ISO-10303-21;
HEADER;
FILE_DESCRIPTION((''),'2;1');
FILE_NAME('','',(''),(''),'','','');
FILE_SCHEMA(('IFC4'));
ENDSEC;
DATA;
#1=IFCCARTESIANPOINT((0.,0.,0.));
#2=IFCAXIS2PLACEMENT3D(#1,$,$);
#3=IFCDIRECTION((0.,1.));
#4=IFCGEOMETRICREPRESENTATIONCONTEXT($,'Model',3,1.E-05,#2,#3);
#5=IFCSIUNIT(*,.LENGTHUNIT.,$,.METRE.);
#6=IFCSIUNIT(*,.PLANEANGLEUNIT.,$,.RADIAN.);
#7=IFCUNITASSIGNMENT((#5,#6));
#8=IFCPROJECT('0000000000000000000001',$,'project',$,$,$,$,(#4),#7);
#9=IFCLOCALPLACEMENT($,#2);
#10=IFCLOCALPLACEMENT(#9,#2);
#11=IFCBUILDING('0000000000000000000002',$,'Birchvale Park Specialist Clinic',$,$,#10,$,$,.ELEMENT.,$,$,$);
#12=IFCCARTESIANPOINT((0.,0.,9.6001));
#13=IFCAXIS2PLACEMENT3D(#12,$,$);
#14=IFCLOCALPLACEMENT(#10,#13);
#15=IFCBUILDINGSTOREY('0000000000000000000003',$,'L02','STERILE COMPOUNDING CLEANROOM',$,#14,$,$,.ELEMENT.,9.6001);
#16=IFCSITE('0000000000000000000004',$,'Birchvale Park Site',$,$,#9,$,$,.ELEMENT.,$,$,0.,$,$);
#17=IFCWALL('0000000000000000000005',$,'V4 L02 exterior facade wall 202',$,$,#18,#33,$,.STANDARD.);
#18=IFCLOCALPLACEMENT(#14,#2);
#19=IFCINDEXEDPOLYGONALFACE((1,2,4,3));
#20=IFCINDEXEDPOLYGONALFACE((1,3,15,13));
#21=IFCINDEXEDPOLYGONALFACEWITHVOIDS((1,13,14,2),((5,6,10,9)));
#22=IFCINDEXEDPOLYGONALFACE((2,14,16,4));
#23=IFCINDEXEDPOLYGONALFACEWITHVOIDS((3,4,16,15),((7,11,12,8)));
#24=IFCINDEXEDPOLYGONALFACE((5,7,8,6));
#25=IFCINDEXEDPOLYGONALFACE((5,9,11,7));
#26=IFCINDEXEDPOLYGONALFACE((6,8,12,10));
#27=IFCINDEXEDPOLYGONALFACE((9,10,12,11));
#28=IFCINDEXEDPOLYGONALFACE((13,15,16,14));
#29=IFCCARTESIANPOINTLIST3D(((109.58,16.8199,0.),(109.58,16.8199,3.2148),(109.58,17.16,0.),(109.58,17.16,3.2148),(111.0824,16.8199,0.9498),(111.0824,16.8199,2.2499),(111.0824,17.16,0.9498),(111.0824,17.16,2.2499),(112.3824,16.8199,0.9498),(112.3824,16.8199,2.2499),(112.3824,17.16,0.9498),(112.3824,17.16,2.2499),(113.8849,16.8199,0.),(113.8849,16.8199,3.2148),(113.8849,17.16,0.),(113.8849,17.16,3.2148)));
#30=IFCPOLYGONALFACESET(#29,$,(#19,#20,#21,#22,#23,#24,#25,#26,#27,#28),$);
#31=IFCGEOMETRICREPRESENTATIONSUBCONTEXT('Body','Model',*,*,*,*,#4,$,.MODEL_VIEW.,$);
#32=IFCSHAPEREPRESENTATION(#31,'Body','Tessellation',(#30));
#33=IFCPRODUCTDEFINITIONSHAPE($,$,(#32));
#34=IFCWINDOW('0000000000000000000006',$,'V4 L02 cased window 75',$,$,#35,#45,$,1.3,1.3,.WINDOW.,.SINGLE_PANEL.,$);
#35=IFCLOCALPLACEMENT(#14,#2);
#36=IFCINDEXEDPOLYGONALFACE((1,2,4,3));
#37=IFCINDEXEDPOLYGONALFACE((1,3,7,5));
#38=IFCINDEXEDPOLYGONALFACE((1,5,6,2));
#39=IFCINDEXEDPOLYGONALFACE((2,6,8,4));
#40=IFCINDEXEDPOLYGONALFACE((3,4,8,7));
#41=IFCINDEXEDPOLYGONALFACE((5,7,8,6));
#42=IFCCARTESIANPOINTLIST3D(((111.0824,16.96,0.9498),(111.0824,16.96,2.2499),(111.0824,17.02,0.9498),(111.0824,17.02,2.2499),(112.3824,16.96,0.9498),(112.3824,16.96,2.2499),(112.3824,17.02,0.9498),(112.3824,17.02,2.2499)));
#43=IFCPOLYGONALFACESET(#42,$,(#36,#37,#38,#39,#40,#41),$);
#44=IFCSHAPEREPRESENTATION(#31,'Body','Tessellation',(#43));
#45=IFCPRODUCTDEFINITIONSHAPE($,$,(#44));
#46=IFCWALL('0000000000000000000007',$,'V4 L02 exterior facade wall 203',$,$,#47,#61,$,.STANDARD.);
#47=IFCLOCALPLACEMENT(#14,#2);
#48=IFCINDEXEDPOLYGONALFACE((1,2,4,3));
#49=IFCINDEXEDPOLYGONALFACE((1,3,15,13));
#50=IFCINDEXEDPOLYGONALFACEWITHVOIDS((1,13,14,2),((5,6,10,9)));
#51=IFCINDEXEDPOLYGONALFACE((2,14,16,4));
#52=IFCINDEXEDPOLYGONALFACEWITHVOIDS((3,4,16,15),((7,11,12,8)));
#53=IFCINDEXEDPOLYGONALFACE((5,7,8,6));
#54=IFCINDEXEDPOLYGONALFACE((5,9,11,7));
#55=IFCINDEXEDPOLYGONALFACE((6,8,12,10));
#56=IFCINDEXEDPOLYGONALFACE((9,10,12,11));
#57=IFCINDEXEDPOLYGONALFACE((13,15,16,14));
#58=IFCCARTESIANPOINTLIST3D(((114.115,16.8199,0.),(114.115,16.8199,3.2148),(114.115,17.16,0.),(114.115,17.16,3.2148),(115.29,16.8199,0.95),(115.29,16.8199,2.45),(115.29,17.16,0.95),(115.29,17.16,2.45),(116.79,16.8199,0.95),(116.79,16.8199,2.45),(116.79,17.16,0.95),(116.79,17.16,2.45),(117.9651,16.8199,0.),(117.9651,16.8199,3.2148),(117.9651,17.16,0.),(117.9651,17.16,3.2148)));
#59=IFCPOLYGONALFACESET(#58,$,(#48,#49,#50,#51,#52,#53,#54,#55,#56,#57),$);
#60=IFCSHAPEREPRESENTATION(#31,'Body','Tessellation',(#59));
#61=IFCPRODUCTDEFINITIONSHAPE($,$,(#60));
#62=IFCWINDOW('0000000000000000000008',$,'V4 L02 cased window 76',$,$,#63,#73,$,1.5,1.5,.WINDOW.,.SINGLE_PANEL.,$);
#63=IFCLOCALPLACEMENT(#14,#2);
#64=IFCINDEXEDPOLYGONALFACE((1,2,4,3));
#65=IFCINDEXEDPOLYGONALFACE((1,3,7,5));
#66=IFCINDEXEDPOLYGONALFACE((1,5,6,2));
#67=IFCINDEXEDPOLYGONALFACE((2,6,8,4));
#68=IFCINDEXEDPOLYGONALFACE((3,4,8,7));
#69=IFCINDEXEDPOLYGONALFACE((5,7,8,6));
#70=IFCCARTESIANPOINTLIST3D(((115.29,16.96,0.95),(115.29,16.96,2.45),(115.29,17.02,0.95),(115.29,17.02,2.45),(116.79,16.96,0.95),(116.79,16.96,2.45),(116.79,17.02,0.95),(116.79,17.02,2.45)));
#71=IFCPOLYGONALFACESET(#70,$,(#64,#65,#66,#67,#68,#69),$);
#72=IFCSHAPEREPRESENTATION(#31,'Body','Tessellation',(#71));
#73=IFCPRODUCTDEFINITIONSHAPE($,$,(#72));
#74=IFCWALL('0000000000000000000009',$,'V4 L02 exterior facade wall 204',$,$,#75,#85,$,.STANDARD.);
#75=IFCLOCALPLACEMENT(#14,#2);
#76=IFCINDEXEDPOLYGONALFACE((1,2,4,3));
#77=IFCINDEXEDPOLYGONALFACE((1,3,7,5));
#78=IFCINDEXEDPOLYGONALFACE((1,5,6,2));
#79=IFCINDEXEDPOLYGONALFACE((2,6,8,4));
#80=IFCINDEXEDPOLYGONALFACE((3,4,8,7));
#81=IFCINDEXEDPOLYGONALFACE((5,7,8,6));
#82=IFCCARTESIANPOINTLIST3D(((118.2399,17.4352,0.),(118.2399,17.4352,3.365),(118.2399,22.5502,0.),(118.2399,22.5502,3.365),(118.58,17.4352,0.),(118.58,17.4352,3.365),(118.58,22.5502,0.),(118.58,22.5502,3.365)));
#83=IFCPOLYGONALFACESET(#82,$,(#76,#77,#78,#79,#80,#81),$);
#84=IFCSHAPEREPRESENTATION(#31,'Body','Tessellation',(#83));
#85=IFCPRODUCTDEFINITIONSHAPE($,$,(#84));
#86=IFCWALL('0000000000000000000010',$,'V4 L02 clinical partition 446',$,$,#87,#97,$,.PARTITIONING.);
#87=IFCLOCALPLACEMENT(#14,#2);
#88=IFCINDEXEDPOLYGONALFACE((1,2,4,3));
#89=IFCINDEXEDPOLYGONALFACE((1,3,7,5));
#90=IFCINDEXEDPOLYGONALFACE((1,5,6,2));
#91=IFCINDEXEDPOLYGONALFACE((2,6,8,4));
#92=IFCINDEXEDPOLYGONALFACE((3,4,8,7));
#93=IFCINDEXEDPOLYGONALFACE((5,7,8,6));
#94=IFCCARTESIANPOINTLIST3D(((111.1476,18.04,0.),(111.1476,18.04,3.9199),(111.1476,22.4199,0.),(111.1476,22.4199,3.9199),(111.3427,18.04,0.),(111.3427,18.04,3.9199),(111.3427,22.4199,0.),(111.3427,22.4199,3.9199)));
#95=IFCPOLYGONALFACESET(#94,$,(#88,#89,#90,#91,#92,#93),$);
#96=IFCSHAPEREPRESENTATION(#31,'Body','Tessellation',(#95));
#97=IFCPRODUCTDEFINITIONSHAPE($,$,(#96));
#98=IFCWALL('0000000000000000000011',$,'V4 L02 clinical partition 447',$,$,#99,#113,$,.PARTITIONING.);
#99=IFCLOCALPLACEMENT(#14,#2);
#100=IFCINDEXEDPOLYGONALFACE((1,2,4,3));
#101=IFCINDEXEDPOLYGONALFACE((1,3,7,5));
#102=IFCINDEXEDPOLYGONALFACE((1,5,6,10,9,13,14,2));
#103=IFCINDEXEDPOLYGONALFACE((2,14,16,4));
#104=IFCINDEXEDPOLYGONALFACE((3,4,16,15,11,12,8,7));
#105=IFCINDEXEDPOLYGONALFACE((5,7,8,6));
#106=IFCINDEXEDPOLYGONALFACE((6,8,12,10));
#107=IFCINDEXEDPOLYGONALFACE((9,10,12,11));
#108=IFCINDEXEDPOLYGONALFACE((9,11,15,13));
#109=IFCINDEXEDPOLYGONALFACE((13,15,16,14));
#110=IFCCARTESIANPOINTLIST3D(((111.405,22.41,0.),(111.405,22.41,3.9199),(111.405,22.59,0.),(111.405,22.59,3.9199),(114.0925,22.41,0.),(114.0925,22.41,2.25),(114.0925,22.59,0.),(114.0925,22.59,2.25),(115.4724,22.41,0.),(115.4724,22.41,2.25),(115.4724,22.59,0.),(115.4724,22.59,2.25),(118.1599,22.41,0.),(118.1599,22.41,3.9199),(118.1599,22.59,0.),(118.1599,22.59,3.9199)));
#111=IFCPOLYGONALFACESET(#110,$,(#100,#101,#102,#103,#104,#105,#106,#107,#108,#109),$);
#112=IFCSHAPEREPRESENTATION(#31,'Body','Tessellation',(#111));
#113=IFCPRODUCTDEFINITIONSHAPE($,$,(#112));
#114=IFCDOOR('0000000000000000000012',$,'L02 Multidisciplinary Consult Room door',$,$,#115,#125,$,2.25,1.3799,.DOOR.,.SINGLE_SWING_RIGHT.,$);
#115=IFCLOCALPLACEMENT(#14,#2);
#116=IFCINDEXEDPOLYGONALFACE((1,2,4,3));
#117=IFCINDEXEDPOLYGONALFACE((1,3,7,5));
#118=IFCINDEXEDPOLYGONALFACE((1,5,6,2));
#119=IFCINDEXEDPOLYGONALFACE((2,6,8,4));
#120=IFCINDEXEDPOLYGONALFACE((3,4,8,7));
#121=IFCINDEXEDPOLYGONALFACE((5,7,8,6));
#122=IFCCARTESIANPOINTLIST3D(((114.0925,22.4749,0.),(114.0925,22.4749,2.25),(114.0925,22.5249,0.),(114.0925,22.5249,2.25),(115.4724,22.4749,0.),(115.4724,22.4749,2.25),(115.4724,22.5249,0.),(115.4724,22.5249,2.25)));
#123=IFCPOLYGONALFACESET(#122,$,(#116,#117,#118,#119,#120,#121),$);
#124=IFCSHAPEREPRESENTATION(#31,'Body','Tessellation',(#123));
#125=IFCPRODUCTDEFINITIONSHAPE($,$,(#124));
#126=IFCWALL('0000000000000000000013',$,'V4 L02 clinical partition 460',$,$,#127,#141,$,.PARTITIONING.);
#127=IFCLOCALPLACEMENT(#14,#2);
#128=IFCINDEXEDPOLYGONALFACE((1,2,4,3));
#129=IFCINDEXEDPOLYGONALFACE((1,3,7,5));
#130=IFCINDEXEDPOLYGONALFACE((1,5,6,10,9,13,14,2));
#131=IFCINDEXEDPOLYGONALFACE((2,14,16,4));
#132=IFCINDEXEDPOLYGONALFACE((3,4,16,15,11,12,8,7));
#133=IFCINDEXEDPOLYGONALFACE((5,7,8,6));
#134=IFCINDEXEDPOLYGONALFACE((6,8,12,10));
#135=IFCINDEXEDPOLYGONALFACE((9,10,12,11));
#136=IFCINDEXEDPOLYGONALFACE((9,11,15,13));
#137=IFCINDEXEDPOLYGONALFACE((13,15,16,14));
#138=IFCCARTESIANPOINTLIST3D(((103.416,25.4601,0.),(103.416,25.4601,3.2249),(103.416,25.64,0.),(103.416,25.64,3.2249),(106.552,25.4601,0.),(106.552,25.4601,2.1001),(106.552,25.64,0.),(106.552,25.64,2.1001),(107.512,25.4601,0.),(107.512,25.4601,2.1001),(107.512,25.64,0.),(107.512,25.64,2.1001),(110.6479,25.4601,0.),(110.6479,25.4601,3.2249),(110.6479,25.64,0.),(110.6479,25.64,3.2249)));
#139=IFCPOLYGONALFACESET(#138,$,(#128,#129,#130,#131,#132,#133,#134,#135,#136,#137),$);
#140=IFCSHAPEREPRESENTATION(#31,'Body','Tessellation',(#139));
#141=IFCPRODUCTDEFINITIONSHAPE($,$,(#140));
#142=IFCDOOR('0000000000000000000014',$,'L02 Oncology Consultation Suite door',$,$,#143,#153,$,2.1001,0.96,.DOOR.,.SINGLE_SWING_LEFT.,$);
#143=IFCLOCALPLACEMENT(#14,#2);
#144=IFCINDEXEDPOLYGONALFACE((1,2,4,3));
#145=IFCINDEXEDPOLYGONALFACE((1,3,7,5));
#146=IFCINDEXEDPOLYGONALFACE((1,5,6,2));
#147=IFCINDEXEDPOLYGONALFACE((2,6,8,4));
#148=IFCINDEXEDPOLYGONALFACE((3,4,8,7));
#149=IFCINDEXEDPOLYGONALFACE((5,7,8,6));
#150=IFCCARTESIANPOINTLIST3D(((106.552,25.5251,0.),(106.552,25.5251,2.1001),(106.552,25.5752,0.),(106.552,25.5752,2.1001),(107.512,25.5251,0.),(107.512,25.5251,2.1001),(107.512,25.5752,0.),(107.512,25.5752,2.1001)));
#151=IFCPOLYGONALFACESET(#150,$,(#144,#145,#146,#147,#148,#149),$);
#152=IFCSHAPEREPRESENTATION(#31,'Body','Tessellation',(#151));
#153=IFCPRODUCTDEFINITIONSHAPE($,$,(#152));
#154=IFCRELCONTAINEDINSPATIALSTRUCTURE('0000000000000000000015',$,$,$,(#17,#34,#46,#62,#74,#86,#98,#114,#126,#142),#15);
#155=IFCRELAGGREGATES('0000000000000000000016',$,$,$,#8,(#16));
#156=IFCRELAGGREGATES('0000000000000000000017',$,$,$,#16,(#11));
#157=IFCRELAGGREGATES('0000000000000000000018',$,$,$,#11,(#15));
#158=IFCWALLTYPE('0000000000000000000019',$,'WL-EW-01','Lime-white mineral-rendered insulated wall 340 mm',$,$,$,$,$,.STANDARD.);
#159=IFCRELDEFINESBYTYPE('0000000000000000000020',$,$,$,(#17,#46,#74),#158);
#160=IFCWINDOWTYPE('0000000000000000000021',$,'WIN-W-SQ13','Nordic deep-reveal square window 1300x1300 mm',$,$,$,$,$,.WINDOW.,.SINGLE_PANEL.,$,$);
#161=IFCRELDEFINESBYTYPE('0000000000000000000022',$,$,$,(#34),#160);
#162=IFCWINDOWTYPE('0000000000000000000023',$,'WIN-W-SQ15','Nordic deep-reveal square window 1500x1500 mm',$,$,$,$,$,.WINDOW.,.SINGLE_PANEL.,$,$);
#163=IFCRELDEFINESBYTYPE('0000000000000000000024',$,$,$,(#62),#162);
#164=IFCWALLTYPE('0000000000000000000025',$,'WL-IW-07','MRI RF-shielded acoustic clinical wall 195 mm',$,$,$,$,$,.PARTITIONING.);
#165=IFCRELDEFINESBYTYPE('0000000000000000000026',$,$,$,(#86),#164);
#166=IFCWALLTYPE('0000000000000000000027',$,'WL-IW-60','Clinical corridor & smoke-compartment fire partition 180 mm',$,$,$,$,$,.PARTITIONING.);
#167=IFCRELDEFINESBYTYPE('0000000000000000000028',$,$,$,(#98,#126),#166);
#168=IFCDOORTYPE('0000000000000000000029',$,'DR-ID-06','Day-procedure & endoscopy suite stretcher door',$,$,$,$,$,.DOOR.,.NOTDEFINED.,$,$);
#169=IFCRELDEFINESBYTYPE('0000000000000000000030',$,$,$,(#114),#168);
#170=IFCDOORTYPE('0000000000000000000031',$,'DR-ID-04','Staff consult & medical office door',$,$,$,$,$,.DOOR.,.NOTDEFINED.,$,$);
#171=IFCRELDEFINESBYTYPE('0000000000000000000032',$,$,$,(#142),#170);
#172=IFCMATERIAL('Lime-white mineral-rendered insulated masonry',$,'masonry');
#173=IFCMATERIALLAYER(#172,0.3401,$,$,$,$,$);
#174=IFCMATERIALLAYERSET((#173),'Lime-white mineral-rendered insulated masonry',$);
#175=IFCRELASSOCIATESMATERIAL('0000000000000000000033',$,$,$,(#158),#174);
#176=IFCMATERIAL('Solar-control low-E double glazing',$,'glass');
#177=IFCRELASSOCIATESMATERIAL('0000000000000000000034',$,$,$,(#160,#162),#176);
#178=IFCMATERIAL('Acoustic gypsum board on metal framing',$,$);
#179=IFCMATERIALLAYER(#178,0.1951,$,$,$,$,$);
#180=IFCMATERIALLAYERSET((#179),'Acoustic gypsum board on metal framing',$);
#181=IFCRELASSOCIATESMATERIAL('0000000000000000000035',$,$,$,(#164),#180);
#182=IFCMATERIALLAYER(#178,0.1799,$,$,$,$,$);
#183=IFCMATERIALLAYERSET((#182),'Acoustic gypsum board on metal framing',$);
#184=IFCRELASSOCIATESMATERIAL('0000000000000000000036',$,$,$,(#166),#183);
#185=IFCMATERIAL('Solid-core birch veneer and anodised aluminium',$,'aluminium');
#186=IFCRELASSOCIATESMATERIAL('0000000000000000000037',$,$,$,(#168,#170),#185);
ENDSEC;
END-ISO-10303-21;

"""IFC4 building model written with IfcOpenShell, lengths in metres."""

from ifc_helpers import new_model, si_unit, direction, frame, frame_2d, origin, place, context, subcontext, project, spatial, rectangle, extrude, material, layer, layer_set, type_object, element, fill, save


model = new_model("IFC4")

# Units and contexts
model_context = context("Model", 3, precision=1e-05, world=origin(), true_north=direction((0.0, 1.0)))
body_context = subcontext(model_context, "Body", "Model", "MODEL_VIEW")
ifc_project = project(units=[si_unit("LENGTHUNIT", "METRE"), si_unit("PLANEANGLEUNIT", "RADIAN")], contexts=[model_context])

# Site, building, storey
site_placement = place(None, origin())
site = spatial("IfcSite", under=ifc_project, at=site_placement, Name="Birchvale Park Site", CompositionType="ELEMENT", RefElevation=0.0)
building_placement = place(site_placement, origin())
building = spatial("IfcBuilding", under=site, at=building_placement, Name="Birchvale Park Specialist Clinic", CompositionType="ELEMENT")
storey_placement = place(building_placement, frame((0.0, 0.0, 9.6001)))
storey = spatial("IfcBuildingStorey", under=building, at=storey_placement, Name="L02", Description="STERILE COMPOUNDING CLEANROOM", CompositionType="ELEMENT", Elevation=9.6001)

# Walls, openings, windows
ifc_material_1 = material(Name="Lime-white mineral-rendered insulated masonry", Category="masonry")
ifc_layer_1 = layer(ifc_material_1, 0.3401)
ifc_layer_set_1 = layer_set([ifc_layer_1], Name="Lime-white mineral-rendered insulated masonry")
wall_type_1 = type_object("IfcWallType", Name="WL-EW-01", Description="Lime-white mineral-rendered insulated wall 340 mm", PredefinedType="STANDARD", material=ifc_layer_set_1)
wall_1_placement = place(storey_placement, frame((109.5801, 16.99, 0.0), z_axis=(0.0, 0.0, 1.0), x_axis=(1.0, 0.0, 0.0)))
wall_1 = element("IfcWall", 1, at=wall_1_placement, inside=storey, type_object=wall_type_1, Name="V4 L02 exterior facade wall 202", PredefinedType="STANDARD", context=body_context, shape_type="SweptSolid", body=[
    extrude(rectangle(XDim=4.3049, YDim=0.3401, at=frame_2d((2.1523, 0.0))), origin(), (0.0, 0.0, 1.0), 3.2148),
])
opening_1_placement = place(wall_1_placement, frame((1.5024, 0.0, 0.95)))
opening_1 = element("IfcOpeningElement", 2, at=opening_1_placement, cuts=wall_1, PredefinedType="OPENING", context=body_context, shape_type="SweptSolid", body=[
    extrude(rectangle(XDim=1.3, YDim=1.3, at=frame_2d((0.6499, 0.6499))), frame((0.0, 0.1802, 0.0), z_axis=(0.0, -1.0, 0.0), x_axis=(1.0, 0.0, 0.0)), (0.0, 0.0, 1.0), 0.3601),
])
ifc_material_2 = material(Name="Solar-control low-E double glazing", Category="glass")
window_type_1 = type_object("IfcWindowType", Name="WIN-W-SQ13", Description="Nordic deep-reveal square window 1300x1300 mm", PartitioningType="SINGLE_PANEL", PredefinedType="WINDOW", material=ifc_material_2)
window_1_placement = place(opening_1_placement, origin())
window_1 = element("IfcWindow", 3, at=window_1_placement, inside=storey, type_object=window_type_1, Name="V4 L02 cased window 75", OverallHeight=1.3, OverallWidth=1.3, PartitioningType="SINGLE_PANEL", PredefinedType="WINDOW", context=body_context, shape_type="SweptSolid", body=[
    extrude(rectangle(XDim=1.3, YDim=1.3, at=frame_2d((0.6499, 0.6499))), frame((0.0, 0.03, 0.0), z_axis=(0.0, -1.0, 0.0), x_axis=(1.0, 0.0, 0.0)), (0.0, 0.0, 1.0), 0.0601),
])
fill(opening_1, window_1)
wall_2_placement = place(storey_placement, frame((114.115, 16.99, 0.0), z_axis=(0.0, 0.0, 1.0), x_axis=(1.0, 0.0, 0.0)))
wall_2 = element("IfcWall", 4, at=wall_2_placement, inside=storey, type_object=wall_type_1, Name="V4 L02 exterior facade wall 203", PredefinedType="STANDARD", context=body_context, shape_type="SweptSolid", body=[
    extrude(rectangle(XDim=3.8501, YDim=0.3401, at=frame_2d((1.925, 0.0))), origin(), (0.0, 0.0, 1.0), 3.2148),
])
opening_2_placement = place(wall_2_placement, frame((1.175, 0.0, 0.95)))
opening_2 = element("IfcOpeningElement", 5, at=opening_2_placement, cuts=wall_2, PredefinedType="OPENING", context=body_context, shape_type="SweptSolid", body=[
    extrude(rectangle(XDim=1.5, YDim=1.5, at=frame_2d((0.75, 0.75))), frame((0.0, 0.1802, 0.0), z_axis=(0.0, -1.0, 0.0), x_axis=(1.0, 0.0, 0.0)), (0.0, 0.0, 1.0), 0.3601),
])
window_type_2 = type_object("IfcWindowType", Name="WIN-W-SQ15", Description="Nordic deep-reveal square window 1500x1500 mm", PartitioningType="SINGLE_PANEL", PredefinedType="WINDOW", material=ifc_material_2)
window_2_placement = place(opening_2_placement, origin())
window_2 = element("IfcWindow", 6, at=window_2_placement, inside=storey, type_object=window_type_2, Name="V4 L02 cased window 76", OverallHeight=1.5, OverallWidth=1.5, PartitioningType="SINGLE_PANEL", PredefinedType="WINDOW", context=body_context, shape_type="SweptSolid", body=[
    extrude(rectangle(XDim=1.5, YDim=1.5, at=frame_2d((0.75, 0.75))), frame((0.0, 0.03, 0.0), z_axis=(0.0, -1.0, 0.0), x_axis=(1.0, 0.0, 0.0)), (0.0, 0.0, 1.0), 0.0601),
])
fill(opening_2, window_2)

# Walls
wall_3_placement = place(storey_placement, frame((118.4099, 17.4351, 0.0), z_axis=(0.0, 0.0, 1.0), x_axis=(0.0, 1.0, 0.0)))
element("IfcWall", 7, at=wall_3_placement, inside=storey, type_object=wall_type_1, Name="V4 L02 exterior facade wall 204", PredefinedType="STANDARD", context=body_context, shape_type="SweptSolid", body=[
    extrude(rectangle(XDim=5.115, YDim=0.3401, at=frame_2d((2.5576, 0.0))), origin(), (0.0, 0.0, 1.0), 3.365),
])
ifc_material_3 = material(Name="Acoustic gypsum board on metal framing")
ifc_layer_2 = layer(ifc_material_3, 0.1951)
ifc_layer_set_2 = layer_set([ifc_layer_2], Name="Acoustic gypsum board on metal framing")
wall_type_2 = type_object("IfcWallType", Name="WL-IW-07", Description="MRI RF-shielded acoustic clinical wall 195 mm", PredefinedType="PARTITIONING", material=ifc_layer_set_2)
wall_4_placement = place(storey_placement, frame((111.2451, 22.4199, 0.0), z_axis=(0.0, 0.0, 1.0), x_axis=(0.0, -1.0, 0.0)))
element("IfcWall", 8, at=wall_4_placement, inside=storey, type_object=wall_type_2, Name="V4 L02 clinical partition 446", PredefinedType="PARTITIONING", context=body_context, shape_type="SweptSolid", body=[
    extrude(rectangle(XDim=4.3799, YDim=0.1951, at=frame_2d((2.1899, 0.0))), origin(), (0.0, 0.0, 1.0), 3.9199),
])

# Walls, openings, doors
ifc_layer_3 = layer(ifc_material_3, 0.1799)
ifc_layer_set_3 = layer_set([ifc_layer_3], Name="Acoustic gypsum board on metal framing")
wall_type_3 = type_object("IfcWallType", Name="WL-IW-60", Description="Clinical corridor & smoke-compartment fire partition 180 mm", PredefinedType="PARTITIONING", material=ifc_layer_set_3)
wall_5_placement = place(storey_placement, frame((111.405, 22.5, 0.0), z_axis=(0.0, 0.0, 1.0), x_axis=(1.0, 0.0, 0.0)))
wall_5 = element("IfcWall", 9, at=wall_5_placement, inside=storey, type_object=wall_type_3, Name="V4 L02 clinical partition 447", PredefinedType="PARTITIONING", context=body_context, shape_type="SweptSolid", body=[
    extrude(rectangle(XDim=6.7549, YDim=0.1799, at=frame_2d((3.3774, 0.0))), origin(), (0.0, 0.0, 1.0), 3.9199),
])
opening_3_placement = place(wall_5_placement, frame((2.6875, 0.0, 0.0)))
opening_3 = element("IfcOpeningElement", 10, at=opening_3_placement, cuts=wall_5, PredefinedType="OPENING", context=body_context, shape_type="SweptSolid", body=[
    extrude(rectangle(XDim=1.3799, YDim=2.25, at=frame_2d((0.6899, 1.125))), frame((0.0, 0.1001, 0.0), z_axis=(0.0, -1.0, 0.0), x_axis=(1.0, 0.0, 0.0)), (0.0, 0.0, 1.0), 0.2),
])
ifc_material_4 = material(Name="Solid-core birch veneer and anodised aluminium", Category="aluminium")
door_type_1 = type_object("IfcDoorType", Name="DR-ID-06", Description="Day-procedure & endoscopy suite stretcher door", OperationType="NOTDEFINED", PredefinedType="DOOR", material=ifc_material_4)
door_1_placement = place(opening_3_placement, origin())
door_1 = element("IfcDoor", 11, at=door_1_placement, inside=storey, type_object=door_type_1, Name="L02 Multidisciplinary Consult Room door", OperationType="SINGLE_SWING_RIGHT", OverallHeight=2.25, OverallWidth=1.3799, PredefinedType="DOOR", context=body_context, shape_type="SweptSolid", body=[
    extrude(rectangle(XDim=1.3799, YDim=2.25, at=frame_2d((0.6899, 1.125))), frame((0.0, 0.0249, 0.0), z_axis=(0.0, -1.0, 0.0), x_axis=(1.0, 0.0, 0.0)), (0.0, 0.0, 1.0), 0.05),
])
fill(opening_3, door_1)
wall_6_placement = place(storey_placement, frame((110.6479, 25.55, 0.0), z_axis=(0.0, 0.0, 1.0), x_axis=(-1.0, 0.0, 0.0)))
wall_6 = element("IfcWall", 12, at=wall_6_placement, inside=storey, type_object=wall_type_3, Name="V4 L02 clinical partition 460", PredefinedType="PARTITIONING", context=body_context, shape_type="SweptSolid", body=[
    extrude(rectangle(XDim=7.2319, YDim=0.1799, at=frame_2d((3.616, 0.0))), origin(), (0.0, 0.0, 1.0), 3.2249),
])
opening_4_placement = place(wall_6_placement, frame((3.136, 0.0, 0.0)))
opening_4 = element("IfcOpeningElement", 13, at=opening_4_placement, cuts=wall_6, PredefinedType="OPENING", context=body_context, shape_type="SweptSolid", body=[
    extrude(rectangle(XDim=0.96, YDim=2.1001, at=frame_2d((0.48, 1.05))), frame((0.0, 0.1001, 0.0), z_axis=(0.0, -1.0, 0.0), x_axis=(1.0, 0.0, 0.0)), (0.0, 0.0, 1.0), 0.2),
])
door_type_2 = type_object("IfcDoorType", Name="DR-ID-04", Description="Staff consult & medical office door", OperationType="NOTDEFINED", PredefinedType="DOOR", material=ifc_material_4)
door_2_placement = place(opening_4_placement, origin())
door_2 = element("IfcDoor", 14, at=door_2_placement, inside=storey, type_object=door_type_2, Name="L02 Oncology Consultation Suite door", OperationType="SINGLE_SWING_LEFT", OverallHeight=2.1001, OverallWidth=0.96, PredefinedType="DOOR", context=body_context, shape_type="SweptSolid", body=[
    extrude(rectangle(XDim=0.96, YDim=2.1001, at=frame_2d((0.48, 1.05))), frame((0.0, 0.0249, 0.0), z_axis=(0.0, -1.0, 0.0), x_axis=(1.0, 0.0, 0.0)), (0.0, 0.0, 1.0), 0.05),
])
fill(opening_4, door_2)

save(model, "model.ifc")
